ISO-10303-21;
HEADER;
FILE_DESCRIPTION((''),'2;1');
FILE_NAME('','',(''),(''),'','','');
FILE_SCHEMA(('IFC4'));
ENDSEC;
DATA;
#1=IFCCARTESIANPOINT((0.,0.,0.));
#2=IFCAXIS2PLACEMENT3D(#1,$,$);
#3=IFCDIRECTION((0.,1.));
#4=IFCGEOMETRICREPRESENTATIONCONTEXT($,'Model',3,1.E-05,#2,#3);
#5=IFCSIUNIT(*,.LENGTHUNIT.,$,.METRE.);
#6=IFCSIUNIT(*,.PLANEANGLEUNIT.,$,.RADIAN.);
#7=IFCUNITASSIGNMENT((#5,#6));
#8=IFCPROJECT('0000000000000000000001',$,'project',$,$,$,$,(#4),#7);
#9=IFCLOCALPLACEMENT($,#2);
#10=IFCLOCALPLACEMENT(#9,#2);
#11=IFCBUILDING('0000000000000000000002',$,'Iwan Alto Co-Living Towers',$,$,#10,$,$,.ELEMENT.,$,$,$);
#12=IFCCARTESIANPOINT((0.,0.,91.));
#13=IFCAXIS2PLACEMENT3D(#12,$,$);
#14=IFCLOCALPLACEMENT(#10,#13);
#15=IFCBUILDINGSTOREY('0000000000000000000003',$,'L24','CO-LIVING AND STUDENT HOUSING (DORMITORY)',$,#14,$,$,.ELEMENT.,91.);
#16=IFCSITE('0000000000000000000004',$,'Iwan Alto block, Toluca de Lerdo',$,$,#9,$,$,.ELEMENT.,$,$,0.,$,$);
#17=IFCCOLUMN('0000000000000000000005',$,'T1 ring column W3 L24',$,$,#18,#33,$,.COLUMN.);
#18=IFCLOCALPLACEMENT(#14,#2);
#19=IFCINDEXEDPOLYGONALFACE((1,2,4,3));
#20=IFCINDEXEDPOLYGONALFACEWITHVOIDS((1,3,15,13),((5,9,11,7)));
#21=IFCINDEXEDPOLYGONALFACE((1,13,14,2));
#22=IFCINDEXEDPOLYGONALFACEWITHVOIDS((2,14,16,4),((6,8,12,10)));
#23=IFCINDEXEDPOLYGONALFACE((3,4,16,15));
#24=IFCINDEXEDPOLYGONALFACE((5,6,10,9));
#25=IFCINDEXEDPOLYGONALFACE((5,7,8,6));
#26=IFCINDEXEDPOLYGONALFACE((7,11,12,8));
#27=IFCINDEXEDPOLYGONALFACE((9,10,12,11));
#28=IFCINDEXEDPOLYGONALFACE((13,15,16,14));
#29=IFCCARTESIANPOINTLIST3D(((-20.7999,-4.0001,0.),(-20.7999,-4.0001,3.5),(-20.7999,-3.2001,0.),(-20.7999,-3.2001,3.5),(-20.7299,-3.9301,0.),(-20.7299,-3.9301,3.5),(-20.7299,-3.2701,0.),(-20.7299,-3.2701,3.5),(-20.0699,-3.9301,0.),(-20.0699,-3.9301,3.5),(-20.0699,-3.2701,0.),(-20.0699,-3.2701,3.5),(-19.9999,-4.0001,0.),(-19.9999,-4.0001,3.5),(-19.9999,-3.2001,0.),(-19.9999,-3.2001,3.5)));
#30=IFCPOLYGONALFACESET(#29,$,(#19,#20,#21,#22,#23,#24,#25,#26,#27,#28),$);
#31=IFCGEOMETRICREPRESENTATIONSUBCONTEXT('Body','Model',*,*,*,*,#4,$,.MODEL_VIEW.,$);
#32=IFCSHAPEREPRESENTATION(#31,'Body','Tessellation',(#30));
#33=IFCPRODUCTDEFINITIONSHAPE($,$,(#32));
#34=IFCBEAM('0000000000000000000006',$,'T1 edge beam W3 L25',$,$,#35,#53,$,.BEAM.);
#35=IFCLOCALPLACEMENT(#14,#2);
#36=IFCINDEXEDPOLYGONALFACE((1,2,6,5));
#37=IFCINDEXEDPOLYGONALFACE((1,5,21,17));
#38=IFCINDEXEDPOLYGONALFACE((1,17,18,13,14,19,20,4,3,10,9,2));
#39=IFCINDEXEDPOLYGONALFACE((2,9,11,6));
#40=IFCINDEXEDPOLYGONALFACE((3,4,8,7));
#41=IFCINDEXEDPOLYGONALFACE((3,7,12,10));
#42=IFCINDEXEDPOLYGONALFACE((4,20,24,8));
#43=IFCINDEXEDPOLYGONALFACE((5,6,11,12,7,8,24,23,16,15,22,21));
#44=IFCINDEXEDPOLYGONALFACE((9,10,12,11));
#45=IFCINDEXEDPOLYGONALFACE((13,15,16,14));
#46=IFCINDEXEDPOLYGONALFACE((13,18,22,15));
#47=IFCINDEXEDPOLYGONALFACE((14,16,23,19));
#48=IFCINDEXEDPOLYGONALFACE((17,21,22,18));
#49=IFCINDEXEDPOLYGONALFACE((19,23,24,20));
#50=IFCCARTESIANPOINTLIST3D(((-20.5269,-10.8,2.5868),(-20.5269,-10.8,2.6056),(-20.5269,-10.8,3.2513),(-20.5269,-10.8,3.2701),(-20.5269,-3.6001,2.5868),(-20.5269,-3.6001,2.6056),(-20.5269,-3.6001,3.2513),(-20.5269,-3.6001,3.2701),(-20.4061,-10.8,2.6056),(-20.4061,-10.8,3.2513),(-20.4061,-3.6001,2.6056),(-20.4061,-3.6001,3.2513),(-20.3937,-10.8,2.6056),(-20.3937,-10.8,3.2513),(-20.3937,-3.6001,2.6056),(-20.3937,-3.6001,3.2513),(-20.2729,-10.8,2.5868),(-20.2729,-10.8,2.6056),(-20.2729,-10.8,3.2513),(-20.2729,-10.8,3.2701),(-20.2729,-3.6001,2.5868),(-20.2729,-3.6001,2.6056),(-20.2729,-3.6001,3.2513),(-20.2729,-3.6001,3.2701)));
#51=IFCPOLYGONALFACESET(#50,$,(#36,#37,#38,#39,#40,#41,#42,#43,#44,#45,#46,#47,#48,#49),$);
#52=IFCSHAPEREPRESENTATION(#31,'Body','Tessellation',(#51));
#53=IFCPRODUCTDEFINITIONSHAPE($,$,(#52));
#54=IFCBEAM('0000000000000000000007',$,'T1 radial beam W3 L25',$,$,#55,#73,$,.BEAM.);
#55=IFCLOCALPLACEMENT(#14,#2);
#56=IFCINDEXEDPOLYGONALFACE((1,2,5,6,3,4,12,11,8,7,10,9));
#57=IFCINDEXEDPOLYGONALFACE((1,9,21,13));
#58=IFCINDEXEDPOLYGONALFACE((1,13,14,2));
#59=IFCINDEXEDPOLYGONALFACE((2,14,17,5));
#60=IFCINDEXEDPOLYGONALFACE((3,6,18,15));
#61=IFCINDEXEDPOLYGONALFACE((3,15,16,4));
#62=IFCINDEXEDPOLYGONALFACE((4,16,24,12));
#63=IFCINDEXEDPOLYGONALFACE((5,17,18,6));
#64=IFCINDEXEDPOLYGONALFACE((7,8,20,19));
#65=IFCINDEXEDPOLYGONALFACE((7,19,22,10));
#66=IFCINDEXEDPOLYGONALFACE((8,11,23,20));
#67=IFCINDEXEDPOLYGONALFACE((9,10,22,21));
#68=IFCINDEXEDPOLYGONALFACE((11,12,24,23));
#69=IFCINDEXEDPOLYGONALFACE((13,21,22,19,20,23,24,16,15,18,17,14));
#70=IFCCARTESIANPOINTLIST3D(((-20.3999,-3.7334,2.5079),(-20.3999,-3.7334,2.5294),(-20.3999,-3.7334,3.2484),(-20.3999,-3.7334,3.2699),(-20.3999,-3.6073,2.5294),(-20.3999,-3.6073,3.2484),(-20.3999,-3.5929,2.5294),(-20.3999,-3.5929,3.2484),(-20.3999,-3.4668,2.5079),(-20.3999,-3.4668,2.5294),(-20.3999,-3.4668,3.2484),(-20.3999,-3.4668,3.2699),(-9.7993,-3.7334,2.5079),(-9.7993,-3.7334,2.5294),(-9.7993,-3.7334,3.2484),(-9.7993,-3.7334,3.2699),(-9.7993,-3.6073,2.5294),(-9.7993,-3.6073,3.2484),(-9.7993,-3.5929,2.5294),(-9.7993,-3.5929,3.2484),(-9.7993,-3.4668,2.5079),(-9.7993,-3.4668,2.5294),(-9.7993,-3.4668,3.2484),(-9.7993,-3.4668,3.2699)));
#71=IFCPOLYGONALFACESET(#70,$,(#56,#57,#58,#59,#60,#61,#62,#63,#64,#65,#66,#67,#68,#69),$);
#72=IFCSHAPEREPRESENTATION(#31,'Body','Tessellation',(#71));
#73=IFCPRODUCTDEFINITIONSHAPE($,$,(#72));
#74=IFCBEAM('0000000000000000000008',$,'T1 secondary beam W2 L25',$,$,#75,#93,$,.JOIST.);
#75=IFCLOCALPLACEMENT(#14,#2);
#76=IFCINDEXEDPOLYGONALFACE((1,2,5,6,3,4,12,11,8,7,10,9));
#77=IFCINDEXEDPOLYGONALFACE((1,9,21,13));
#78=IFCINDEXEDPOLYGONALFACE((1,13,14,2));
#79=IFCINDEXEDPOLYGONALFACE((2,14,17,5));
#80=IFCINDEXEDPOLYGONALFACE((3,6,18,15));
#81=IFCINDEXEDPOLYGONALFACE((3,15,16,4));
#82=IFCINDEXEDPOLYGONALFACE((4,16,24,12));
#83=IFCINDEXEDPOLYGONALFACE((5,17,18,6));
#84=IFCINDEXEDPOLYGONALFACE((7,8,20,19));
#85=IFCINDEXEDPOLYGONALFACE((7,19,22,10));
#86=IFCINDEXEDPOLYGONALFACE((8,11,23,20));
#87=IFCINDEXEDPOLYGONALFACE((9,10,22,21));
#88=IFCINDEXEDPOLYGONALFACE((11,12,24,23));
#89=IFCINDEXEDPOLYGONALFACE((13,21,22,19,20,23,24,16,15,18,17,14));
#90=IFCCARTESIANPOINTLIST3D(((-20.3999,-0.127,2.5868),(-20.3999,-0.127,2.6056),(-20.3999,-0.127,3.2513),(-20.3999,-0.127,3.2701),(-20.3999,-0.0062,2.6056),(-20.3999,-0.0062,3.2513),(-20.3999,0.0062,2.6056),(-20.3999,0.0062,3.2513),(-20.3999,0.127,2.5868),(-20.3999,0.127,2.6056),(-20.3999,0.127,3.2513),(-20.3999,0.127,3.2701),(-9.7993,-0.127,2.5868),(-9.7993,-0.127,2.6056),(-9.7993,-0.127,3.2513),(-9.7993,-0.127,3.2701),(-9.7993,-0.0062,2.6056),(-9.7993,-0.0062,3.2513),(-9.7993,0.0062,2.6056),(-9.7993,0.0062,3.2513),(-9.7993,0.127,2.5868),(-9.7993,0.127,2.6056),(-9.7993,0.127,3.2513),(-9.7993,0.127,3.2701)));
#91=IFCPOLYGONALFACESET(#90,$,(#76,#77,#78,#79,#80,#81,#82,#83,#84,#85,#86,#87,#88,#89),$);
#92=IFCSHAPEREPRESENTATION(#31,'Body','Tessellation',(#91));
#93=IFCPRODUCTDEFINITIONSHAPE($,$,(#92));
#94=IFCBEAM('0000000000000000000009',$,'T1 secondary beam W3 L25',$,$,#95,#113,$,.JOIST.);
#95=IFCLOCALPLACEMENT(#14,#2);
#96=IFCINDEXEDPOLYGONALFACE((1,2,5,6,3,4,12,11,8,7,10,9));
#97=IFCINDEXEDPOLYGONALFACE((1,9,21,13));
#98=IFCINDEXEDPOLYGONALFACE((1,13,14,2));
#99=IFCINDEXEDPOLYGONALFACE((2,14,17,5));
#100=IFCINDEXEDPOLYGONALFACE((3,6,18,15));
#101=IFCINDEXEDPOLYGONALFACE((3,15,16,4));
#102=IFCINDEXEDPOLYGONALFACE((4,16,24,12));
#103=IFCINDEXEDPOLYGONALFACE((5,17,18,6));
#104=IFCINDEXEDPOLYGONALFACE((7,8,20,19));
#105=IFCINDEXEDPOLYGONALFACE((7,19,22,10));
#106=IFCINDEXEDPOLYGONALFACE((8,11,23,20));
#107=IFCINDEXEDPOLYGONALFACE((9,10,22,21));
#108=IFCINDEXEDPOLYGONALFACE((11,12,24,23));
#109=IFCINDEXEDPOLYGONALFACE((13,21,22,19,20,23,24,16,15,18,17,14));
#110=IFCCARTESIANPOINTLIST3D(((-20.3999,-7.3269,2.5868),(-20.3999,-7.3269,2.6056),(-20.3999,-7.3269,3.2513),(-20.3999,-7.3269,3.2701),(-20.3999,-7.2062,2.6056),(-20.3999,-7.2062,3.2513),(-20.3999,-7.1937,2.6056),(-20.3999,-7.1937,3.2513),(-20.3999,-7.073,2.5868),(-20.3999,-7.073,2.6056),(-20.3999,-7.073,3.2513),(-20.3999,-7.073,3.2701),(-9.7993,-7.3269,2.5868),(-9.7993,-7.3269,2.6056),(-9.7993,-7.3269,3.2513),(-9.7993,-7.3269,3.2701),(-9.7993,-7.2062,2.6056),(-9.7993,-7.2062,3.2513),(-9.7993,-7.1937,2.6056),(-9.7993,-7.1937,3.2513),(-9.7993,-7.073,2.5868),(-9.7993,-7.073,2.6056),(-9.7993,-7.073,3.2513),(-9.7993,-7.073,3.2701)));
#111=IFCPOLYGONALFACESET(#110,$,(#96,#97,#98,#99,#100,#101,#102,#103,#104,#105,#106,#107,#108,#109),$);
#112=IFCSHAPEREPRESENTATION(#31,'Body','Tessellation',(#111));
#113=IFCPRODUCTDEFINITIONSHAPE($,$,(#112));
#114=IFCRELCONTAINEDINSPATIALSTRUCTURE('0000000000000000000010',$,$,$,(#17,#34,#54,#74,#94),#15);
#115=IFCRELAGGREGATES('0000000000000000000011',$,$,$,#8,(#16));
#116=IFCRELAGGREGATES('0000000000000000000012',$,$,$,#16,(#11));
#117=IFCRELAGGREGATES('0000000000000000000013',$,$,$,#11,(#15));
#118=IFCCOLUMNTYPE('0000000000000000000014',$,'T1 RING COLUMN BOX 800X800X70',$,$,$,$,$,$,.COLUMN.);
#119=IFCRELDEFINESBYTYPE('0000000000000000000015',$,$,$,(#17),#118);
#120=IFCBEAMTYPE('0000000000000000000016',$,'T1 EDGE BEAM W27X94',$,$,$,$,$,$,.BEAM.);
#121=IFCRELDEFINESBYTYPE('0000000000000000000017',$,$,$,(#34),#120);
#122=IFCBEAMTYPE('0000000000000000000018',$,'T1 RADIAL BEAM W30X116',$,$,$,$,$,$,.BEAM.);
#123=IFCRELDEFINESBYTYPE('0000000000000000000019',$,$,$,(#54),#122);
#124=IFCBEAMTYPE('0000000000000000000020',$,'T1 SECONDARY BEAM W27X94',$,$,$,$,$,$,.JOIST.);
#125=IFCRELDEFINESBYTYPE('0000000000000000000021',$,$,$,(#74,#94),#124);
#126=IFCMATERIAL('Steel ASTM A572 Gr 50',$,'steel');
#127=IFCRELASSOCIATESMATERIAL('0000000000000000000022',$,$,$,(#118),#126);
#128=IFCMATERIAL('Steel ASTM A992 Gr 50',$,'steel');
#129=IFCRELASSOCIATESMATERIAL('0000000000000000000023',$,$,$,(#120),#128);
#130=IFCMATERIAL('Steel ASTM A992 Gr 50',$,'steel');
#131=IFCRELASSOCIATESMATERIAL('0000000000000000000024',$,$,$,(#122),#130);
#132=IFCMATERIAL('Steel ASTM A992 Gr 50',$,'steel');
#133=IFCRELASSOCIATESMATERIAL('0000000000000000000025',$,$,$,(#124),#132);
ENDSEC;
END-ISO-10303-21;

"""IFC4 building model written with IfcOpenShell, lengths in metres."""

from ifc_helpers import new_model, si_unit, direction, frame, origin, origin_2d, place, context, subcontext, project, spatial, hollow_rectangle, i_section, extrude, material, material_profile, profile_set, type_object, element, save


model = new_model("IFC4")

# Units and contexts
model_context = context("Model", 3, precision=1e-05, world=origin(), true_north=direction((0.0, 1.0)))
body_context = subcontext(model_context, "Body", "Model", "MODEL_VIEW")
ifc_project = project(units=[si_unit("LENGTHUNIT", "METRE"), si_unit("PLANEANGLEUNIT", "RADIAN")], contexts=[model_context])

# Site, building, storey
site_placement = place(None, origin())
site = spatial("IfcSite", under=ifc_project, at=site_placement, Name="Iwan Alto block, Toluca de Lerdo", CompositionType="ELEMENT", RefElevation=0.0)
building_placement = place(site_placement, origin())
building = spatial("IfcBuilding", under=site, at=building_placement, Name="Iwan Alto Co-Living Towers", CompositionType="ELEMENT")
storey_placement = place(building_placement, frame((0.0, 0.0, 91.0)))
storey = spatial("IfcBuildingStorey", under=building, at=storey_placement, Name="L24", Description="CO-LIVING AND STUDENT HOUSING (DORMITORY)", CompositionType="ELEMENT", Elevation=91.0)

# Column
ifc_material_1 = material(Name="Steel ASTM A572 Gr 50", Category="steel")
ifc_material_profile_1 = material_profile(ifc_material_1, hollow_rectangle(XDim=0.8, YDim=0.8, WallThickness=0.0701, at=origin_2d()), Name="BOX 800X800X70")
ifc_profile_set_1 = profile_set([ifc_material_profile_1], Name="Steel ASTM A572 Gr 50")
column_type = type_object("IfcColumnType", Name="T1 RING COLUMN BOX 800X800X70", PredefinedType="COLUMN", material=ifc_profile_set_1)
column_placement = place(storey_placement, frame((-20.3999, -3.6001, 0.0), z_axis=(0.0, 0.0, 1.0), x_axis=(1.0, 0.0, 0.0)))
element("IfcColumn", 1, at=column_placement, inside=storey, type_object=column_type, Name="T1 ring column W3 L24", PredefinedType="COLUMN", context=body_context, shape_type="SweptSolid", body=[
    extrude(hollow_rectangle(XDim=0.8, YDim=0.8, WallThickness=0.0701, at=origin_2d()), origin(), (0.0, 0.0, 1.0), 3.5),
])

# Beams
ifc_material_2 = material(Name="Steel ASTM A992 Gr 50", Category="steel")
ifc_material_profile_2 = material_profile(ifc_material_2, i_section(OverallWidth=0.2539, OverallDepth=0.6833, WebThickness=0.0125, FlangeThickness=0.0188, at=origin_2d()), Name="W27X94")
ifc_profile_set_2 = profile_set([ifc_material_profile_2], Name="Steel ASTM A992 Gr 50")
beam_type_1 = type_object("IfcBeamType", Name="T1 EDGE BEAM W27X94", PredefinedType="BEAM", material=ifc_profile_set_2)
beam_1_placement = place(storey_placement, frame((-20.3999, -3.6001, 2.9285), z_axis=(0.0, -1.0, 0.0), x_axis=(1.0, 0.0, 0.0)))
element("IfcBeam", 2, at=beam_1_placement, inside=storey, type_object=beam_type_1, Name="T1 edge beam W3 L25", PredefinedType="BEAM", context=body_context, shape_type="SweptSolid", body=[
    extrude(i_section(OverallWidth=0.2539, OverallDepth=0.6833, WebThickness=0.0125, FlangeThickness=0.0188, at=origin_2d()), origin(), (0.0, 0.0, 1.0), 7.2),
])
ifc_material_3 = material(Name="Steel ASTM A992 Gr 50", Category="steel")
ifc_material_profile_3 = material_profile(ifc_material_3, i_section(OverallWidth=0.2666, OverallDepth=0.762, WebThickness=0.0144, FlangeThickness=0.0215, at=origin_2d()), Name="W30X116")
ifc_profile_set_3 = profile_set([ifc_material_profile_3], Name="Steel ASTM A992 Gr 50")
beam_type_2 = type_object("IfcBeamType", Name="T1 RADIAL BEAM W30X116", PredefinedType="BEAM", material=ifc_profile_set_3)
beam_2_placement = place(storey_placement, frame((-20.3999, -3.6001, 2.8889), z_axis=(1.0, 0.0, 0.0), x_axis=(0.0, 1.0, 0.0)))
element("IfcBeam", 3, at=beam_2_placement, inside=storey, type_object=beam_type_2, Name="T1 radial beam W3 L25", PredefinedType="BEAM", context=body_context, shape_type="SweptSolid", body=[
    extrude(i_section(OverallWidth=0.2666, OverallDepth=0.762, WebThickness=0.0144, FlangeThickness=0.0215, at=origin_2d()), origin(), (0.0, 0.0, 1.0), 10.6006),
])
ifc_material_4 = material(Name="Steel ASTM A992 Gr 50", Category="steel")
ifc_material_profile_4 = material_profile(ifc_material_4, i_section(OverallWidth=0.2539, OverallDepth=0.6833, WebThickness=0.0125, FlangeThickness=0.0188, at=origin_2d()), Name="W27X94")
ifc_profile_set_4 = profile_set([ifc_material_profile_4], Name="Steel ASTM A992 Gr 50")
beam_type_3 = type_object("IfcBeamType", Name="T1 SECONDARY BEAM W27X94", PredefinedType="JOIST", material=ifc_profile_set_4)
for number, where, z_axis, x_axis, name in (
    (4, (-20.3999, 0.0, 2.9285), (1.0, 0.0, 0.0), (0.0, 1.0, 0.0), "T1 secondary beam W2 L25"),
    (5, (-20.3999, -7.2, 2.9285), (1.0, 0.0, 0.0), (0.0, 1.0, 0.0), "T1 secondary beam W3 L25"),
):
    element("IfcBeam", number, at=place(storey_placement, frame(where, z_axis=z_axis, x_axis=x_axis)), inside=storey, type_object=beam_type_3, Name=name, PredefinedType="JOIST", context=body_context, shape_type="SweptSolid", body=[
        extrude(i_section(OverallWidth=0.2539, OverallDepth=0.6833, WebThickness=0.0125, FlangeThickness=0.0188, at=origin_2d()), origin(), (0.0, 0.0, 1.0), 10.6006),
    ])

save(model, "model.ifc")
